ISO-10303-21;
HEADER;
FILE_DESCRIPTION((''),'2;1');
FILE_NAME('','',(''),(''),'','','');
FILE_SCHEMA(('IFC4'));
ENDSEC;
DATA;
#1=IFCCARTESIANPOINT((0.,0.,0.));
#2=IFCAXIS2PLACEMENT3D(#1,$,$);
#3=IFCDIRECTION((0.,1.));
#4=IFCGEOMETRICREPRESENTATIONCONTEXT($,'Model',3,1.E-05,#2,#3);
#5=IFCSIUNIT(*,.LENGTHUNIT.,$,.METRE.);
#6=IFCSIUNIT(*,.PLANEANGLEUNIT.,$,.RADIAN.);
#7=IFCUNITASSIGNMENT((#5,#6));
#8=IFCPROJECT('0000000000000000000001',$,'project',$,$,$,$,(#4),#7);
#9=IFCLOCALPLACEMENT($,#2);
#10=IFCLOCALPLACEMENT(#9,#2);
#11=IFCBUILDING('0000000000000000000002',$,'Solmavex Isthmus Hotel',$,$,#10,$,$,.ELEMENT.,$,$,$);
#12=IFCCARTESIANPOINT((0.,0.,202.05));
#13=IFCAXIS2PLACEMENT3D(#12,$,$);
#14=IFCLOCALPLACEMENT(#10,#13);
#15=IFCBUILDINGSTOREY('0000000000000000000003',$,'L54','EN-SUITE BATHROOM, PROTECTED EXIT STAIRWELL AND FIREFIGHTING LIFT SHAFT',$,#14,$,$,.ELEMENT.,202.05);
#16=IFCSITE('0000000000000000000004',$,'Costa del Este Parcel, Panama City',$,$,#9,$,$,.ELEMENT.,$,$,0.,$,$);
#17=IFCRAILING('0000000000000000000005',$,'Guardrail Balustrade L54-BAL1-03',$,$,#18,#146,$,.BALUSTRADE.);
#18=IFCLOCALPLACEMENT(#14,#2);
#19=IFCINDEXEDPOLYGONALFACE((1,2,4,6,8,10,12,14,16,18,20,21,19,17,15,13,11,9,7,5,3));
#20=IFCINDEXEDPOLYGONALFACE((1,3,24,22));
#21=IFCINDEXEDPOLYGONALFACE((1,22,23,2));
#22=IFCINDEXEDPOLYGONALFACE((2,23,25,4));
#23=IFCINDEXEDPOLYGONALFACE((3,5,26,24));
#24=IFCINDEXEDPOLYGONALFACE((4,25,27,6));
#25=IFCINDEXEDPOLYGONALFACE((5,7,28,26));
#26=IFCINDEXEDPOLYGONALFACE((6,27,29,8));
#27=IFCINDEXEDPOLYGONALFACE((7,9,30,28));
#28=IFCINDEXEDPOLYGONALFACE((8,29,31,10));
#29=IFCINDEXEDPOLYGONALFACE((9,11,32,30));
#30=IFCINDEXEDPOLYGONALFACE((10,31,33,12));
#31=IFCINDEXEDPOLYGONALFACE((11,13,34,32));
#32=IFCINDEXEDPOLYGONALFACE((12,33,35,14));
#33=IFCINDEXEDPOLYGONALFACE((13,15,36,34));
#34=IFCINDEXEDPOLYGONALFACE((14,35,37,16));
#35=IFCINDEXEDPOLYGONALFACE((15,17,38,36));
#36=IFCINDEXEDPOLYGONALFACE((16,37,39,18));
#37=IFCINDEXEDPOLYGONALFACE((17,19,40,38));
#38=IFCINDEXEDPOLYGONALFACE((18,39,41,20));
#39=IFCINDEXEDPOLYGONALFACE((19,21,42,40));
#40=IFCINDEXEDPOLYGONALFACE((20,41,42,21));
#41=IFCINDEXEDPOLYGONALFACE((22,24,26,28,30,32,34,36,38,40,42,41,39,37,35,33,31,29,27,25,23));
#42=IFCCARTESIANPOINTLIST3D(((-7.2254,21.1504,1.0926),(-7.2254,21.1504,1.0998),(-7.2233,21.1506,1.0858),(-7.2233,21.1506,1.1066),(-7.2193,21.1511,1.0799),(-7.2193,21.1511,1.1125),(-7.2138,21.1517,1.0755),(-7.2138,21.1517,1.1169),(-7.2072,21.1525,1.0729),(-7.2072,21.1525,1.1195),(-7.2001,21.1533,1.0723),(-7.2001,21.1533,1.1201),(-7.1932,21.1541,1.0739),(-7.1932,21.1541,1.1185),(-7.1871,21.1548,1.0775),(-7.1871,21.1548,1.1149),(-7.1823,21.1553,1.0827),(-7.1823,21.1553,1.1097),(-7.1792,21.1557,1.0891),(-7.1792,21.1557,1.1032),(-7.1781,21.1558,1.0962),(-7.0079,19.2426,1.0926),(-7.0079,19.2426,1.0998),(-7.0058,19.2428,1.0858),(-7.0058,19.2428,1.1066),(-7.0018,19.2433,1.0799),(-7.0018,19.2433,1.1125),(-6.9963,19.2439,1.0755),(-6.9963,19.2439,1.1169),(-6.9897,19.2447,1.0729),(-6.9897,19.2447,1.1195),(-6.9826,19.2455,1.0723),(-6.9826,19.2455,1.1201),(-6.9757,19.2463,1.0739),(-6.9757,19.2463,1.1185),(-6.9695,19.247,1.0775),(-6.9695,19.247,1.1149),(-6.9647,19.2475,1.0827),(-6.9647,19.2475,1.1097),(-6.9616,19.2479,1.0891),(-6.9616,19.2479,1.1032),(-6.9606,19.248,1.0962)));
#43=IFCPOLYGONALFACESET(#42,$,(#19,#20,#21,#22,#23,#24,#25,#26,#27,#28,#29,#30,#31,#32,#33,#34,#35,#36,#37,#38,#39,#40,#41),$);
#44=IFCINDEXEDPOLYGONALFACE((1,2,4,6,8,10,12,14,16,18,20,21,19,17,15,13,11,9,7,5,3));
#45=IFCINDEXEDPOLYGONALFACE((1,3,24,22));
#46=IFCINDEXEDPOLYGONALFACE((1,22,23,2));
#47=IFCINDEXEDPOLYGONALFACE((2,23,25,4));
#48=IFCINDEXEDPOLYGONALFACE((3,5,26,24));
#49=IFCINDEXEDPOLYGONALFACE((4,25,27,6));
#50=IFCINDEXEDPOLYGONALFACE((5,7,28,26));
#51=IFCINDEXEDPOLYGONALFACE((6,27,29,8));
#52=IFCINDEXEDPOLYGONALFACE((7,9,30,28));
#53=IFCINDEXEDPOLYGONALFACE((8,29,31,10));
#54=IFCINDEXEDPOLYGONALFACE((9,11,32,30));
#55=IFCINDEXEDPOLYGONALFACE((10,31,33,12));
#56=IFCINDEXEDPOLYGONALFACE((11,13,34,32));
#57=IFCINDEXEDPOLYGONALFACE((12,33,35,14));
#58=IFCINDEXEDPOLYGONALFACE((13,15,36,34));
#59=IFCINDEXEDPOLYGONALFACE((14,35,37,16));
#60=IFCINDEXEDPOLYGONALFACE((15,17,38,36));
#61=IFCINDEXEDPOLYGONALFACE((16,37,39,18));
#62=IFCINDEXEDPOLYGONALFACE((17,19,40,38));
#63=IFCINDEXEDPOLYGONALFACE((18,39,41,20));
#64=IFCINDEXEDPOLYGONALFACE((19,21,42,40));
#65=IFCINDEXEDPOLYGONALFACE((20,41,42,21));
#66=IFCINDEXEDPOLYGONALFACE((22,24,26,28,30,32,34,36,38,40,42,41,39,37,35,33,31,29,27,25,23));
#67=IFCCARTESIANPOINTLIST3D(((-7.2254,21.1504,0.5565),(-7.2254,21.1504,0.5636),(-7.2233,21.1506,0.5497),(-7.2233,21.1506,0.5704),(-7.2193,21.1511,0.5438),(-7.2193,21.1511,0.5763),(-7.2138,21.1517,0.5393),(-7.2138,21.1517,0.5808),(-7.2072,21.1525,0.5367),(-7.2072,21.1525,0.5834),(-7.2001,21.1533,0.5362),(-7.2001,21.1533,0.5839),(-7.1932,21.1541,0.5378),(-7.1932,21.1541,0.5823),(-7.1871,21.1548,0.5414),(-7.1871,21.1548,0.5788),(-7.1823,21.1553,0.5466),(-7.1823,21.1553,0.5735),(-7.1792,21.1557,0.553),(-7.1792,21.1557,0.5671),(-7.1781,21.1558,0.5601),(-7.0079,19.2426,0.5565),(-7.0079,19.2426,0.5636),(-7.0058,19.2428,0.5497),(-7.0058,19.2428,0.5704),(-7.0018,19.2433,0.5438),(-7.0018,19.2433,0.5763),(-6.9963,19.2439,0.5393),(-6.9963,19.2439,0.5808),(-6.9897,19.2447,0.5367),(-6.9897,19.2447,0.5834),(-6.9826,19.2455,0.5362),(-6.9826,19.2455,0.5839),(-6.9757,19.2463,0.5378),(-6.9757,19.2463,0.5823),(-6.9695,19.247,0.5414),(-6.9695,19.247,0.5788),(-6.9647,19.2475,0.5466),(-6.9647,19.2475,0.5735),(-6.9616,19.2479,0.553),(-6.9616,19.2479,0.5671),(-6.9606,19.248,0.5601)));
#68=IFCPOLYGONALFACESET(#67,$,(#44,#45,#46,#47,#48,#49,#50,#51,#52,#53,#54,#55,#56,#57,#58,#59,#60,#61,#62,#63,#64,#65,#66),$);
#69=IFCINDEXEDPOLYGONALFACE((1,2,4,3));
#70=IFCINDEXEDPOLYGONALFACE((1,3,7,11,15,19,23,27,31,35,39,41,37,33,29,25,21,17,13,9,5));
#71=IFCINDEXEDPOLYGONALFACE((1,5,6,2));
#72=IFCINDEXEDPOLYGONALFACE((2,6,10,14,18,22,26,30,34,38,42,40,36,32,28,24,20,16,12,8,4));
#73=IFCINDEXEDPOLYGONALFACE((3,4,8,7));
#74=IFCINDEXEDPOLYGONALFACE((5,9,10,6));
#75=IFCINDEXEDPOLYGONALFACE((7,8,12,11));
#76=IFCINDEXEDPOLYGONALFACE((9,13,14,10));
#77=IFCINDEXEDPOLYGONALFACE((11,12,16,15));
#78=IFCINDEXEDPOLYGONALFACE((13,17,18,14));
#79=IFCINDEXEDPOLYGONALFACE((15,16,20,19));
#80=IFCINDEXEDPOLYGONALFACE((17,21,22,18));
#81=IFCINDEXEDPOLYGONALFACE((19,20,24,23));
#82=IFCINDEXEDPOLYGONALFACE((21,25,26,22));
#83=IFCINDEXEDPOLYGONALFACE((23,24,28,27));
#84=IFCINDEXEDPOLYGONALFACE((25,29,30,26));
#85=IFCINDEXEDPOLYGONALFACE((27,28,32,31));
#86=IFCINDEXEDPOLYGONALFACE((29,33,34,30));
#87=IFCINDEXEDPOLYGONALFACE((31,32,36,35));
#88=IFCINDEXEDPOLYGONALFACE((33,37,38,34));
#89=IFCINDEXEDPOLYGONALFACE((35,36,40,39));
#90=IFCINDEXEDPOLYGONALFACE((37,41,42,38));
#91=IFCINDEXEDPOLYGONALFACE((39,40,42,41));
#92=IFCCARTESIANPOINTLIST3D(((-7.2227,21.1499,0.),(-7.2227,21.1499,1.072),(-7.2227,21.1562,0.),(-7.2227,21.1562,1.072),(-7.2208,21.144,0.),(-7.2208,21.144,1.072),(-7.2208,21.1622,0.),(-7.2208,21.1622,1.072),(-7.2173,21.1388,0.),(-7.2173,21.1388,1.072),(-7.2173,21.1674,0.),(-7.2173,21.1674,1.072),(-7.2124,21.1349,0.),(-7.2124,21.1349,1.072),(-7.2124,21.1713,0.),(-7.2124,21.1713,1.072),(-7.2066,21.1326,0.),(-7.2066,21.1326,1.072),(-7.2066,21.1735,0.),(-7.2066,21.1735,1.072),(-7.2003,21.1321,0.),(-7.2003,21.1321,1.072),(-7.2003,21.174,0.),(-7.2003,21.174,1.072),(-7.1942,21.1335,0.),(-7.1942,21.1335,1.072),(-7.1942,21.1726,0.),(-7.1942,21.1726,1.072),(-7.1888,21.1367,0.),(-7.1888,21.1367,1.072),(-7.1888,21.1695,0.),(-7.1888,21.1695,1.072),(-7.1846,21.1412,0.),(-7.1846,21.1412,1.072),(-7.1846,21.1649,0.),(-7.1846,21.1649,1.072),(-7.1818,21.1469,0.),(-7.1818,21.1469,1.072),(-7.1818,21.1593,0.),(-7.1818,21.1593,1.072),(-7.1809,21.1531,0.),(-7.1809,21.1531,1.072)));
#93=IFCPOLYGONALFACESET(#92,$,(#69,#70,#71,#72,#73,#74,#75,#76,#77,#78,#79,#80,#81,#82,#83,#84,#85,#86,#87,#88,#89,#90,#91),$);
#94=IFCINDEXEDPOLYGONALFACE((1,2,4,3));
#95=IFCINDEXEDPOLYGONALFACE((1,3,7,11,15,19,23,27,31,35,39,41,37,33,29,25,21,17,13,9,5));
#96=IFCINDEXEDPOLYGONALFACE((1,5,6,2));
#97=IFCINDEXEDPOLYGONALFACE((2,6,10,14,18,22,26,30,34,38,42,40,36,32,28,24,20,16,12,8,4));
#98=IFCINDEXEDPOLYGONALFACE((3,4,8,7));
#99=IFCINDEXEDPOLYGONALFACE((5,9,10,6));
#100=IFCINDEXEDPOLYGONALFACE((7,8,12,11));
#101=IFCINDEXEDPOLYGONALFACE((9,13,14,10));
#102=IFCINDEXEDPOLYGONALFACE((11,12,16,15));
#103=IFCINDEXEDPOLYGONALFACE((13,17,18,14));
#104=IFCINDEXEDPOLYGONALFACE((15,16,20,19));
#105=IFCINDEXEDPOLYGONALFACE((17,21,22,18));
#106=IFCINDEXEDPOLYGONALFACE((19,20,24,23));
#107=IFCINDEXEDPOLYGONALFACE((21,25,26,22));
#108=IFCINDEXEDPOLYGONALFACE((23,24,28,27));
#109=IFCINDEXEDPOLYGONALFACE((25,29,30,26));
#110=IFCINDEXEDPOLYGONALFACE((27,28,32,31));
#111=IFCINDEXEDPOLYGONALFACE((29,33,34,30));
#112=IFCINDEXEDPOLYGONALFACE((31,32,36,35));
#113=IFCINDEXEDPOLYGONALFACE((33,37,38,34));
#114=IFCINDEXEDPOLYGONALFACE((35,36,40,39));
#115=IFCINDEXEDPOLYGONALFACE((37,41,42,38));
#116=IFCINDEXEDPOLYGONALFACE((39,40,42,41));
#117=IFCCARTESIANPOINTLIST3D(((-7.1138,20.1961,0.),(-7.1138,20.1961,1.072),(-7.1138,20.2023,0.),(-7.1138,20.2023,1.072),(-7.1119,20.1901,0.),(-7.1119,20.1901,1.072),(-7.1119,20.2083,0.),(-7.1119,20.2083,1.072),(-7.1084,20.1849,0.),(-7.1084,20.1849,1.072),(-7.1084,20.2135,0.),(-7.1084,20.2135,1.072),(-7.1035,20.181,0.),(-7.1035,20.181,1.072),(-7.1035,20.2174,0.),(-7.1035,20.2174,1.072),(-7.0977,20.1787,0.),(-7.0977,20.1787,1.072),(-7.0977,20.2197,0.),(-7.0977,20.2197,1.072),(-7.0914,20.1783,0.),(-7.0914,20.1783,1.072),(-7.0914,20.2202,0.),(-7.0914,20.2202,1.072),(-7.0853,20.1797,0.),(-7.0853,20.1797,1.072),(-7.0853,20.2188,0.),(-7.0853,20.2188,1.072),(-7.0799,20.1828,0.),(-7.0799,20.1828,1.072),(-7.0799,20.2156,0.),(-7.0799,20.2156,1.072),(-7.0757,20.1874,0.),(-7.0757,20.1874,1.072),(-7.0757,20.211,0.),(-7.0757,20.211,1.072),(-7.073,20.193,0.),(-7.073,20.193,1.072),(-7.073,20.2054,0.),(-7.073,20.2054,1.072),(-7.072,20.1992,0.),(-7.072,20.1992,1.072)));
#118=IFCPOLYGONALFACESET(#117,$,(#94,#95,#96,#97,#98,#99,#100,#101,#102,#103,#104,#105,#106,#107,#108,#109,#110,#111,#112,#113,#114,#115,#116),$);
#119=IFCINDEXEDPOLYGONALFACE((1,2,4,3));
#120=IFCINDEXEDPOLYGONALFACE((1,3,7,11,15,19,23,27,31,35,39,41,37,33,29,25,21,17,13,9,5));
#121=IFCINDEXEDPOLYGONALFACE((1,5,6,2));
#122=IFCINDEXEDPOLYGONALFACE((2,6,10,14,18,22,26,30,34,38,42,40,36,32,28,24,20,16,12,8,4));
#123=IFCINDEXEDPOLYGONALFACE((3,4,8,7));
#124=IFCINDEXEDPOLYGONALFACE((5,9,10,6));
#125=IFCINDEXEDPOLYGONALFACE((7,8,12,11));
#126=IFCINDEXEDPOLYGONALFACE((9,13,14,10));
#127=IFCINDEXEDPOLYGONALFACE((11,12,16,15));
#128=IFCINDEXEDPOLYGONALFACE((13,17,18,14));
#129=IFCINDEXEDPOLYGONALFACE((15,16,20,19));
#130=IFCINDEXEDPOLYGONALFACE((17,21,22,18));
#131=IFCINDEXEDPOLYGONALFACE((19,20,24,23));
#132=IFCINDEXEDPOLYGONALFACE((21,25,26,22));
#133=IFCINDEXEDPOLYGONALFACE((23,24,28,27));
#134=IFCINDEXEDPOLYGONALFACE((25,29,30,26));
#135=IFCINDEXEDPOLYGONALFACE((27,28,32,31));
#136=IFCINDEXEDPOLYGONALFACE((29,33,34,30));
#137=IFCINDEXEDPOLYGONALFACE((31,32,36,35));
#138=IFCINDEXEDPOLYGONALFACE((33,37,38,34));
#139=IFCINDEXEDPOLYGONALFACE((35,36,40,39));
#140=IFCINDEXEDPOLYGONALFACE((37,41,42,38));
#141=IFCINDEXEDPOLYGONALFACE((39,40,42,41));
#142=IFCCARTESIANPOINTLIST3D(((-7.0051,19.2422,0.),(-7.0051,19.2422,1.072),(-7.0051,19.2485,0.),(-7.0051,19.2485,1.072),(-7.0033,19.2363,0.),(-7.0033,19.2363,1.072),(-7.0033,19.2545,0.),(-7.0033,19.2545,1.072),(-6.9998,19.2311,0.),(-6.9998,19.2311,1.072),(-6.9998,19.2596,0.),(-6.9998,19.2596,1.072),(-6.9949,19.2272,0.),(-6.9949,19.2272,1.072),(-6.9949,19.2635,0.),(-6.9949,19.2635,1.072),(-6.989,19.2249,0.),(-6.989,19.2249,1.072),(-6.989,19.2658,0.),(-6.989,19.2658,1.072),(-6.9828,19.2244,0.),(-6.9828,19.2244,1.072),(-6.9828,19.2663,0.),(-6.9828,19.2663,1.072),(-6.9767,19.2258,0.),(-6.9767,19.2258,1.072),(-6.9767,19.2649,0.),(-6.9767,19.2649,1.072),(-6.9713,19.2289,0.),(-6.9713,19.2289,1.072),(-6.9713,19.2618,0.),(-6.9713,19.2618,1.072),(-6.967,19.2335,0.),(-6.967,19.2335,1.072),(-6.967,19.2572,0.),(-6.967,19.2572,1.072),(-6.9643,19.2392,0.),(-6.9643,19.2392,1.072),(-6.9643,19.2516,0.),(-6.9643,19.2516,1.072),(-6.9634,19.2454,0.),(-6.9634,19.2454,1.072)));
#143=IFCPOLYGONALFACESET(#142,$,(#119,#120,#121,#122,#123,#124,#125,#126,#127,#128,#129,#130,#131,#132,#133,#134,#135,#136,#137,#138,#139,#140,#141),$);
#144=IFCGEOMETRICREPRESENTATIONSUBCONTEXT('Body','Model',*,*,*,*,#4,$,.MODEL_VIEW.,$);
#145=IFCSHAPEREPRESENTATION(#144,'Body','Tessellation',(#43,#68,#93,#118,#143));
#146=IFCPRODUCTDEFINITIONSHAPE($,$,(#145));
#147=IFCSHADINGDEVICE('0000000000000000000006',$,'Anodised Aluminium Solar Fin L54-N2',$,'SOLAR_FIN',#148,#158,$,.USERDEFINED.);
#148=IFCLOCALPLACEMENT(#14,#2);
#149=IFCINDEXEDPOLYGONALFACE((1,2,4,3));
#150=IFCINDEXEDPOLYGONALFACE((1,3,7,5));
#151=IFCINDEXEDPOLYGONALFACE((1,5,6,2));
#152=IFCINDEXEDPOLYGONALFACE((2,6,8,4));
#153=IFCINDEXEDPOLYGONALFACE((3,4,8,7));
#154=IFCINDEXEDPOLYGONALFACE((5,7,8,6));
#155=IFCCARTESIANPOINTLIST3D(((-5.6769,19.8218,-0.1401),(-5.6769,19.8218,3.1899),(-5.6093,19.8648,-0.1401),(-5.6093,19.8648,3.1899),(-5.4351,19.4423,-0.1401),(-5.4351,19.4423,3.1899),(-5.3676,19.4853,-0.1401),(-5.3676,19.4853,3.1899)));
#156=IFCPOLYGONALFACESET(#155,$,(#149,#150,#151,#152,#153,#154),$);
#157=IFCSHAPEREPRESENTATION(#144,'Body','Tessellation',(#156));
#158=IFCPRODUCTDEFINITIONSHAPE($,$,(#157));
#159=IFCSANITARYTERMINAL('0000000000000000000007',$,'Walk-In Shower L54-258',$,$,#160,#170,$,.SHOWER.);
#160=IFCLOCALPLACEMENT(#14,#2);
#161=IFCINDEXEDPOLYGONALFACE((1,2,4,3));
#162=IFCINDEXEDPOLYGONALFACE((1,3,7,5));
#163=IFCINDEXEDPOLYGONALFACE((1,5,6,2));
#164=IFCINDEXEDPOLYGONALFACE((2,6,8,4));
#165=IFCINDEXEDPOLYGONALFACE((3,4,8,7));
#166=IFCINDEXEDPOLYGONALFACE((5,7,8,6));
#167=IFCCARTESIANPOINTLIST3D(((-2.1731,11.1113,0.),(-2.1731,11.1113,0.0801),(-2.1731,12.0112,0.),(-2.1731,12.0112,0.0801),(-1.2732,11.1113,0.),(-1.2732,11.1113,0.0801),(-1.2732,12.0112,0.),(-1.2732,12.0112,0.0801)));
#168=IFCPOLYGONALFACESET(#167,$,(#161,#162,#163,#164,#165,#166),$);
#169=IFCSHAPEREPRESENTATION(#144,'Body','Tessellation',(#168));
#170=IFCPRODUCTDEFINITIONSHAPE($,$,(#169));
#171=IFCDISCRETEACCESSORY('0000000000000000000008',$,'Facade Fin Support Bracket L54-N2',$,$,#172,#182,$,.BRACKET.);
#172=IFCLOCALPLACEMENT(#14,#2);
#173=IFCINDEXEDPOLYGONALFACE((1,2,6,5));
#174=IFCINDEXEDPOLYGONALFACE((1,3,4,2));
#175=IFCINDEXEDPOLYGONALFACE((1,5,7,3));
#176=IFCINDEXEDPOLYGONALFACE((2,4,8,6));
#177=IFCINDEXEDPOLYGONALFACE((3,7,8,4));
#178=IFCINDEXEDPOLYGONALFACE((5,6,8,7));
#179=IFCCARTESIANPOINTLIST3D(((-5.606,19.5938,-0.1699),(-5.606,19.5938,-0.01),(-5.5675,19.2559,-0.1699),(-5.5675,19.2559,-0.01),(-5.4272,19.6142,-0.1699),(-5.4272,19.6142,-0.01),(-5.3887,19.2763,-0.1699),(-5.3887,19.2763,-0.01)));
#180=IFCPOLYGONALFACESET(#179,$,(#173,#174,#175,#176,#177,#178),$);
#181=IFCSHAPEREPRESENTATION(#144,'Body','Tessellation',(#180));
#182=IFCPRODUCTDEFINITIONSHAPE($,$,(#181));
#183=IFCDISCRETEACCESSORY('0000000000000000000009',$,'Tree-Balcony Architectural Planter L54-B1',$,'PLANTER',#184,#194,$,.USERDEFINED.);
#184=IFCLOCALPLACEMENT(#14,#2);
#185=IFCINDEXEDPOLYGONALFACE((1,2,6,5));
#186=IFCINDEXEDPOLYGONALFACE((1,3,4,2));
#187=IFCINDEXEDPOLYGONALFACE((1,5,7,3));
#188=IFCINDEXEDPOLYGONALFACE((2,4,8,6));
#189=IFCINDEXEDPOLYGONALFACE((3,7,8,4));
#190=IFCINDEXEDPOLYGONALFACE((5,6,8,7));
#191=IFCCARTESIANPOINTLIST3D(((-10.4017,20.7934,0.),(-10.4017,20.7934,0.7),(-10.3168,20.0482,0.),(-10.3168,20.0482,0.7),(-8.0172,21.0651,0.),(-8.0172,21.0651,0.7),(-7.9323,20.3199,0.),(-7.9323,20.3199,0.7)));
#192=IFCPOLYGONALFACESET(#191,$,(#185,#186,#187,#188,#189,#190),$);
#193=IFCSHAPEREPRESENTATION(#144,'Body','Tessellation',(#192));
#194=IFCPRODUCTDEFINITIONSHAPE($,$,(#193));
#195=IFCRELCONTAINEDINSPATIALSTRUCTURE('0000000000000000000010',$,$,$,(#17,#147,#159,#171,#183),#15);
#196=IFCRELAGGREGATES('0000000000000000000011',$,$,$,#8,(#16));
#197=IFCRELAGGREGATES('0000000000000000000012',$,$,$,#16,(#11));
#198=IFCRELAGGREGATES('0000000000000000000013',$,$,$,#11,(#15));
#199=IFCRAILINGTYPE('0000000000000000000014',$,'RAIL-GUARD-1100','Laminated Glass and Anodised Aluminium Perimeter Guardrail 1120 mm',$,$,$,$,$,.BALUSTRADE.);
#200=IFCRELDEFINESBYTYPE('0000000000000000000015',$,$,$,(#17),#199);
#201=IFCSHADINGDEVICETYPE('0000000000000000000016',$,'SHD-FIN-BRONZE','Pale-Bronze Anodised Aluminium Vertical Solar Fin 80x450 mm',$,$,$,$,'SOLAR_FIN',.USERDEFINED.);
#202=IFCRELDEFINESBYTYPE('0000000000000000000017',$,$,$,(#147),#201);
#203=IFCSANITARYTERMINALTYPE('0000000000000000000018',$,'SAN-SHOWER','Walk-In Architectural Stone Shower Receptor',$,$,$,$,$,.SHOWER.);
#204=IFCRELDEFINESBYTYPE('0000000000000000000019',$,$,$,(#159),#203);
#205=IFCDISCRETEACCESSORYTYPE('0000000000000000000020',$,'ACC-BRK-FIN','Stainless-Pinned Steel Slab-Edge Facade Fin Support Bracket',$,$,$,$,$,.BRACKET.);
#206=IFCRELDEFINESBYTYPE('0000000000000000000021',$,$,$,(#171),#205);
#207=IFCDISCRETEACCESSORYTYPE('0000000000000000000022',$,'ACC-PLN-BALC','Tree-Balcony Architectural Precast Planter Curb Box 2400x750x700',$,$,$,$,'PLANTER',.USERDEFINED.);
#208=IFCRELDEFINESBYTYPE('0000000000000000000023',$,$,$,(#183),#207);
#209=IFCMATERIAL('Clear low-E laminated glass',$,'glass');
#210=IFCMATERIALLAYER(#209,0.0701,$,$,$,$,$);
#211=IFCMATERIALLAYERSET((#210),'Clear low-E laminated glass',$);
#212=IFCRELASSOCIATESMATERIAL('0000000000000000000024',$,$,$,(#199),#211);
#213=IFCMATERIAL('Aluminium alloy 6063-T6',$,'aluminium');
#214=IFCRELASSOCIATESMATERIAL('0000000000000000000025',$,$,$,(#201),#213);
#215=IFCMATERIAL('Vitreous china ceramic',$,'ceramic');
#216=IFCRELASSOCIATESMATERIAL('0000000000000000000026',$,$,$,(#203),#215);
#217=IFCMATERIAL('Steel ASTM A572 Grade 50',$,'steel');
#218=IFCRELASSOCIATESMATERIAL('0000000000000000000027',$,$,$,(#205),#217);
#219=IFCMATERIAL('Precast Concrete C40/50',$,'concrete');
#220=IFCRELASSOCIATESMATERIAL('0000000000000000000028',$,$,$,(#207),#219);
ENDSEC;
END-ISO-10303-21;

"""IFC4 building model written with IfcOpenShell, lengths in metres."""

from ifc_helpers import new_model, si_unit, direction, frame, origin, origin_2d, place, context, subcontext, project, spatial, rectangle, circle, extrude, material, layer, layer_set, type_object, element, save


model = new_model("IFC4")

# Units and contexts
model_context = context("Model", 3, precision=1e-05, world=origin(), true_north=direction((0.0, 1.0)))
body_context = subcontext(model_context, "Body", "Model", "MODEL_VIEW")
ifc_project = project(units=[si_unit("LENGTHUNIT", "METRE"), si_unit("PLANEANGLEUNIT", "RADIAN")], contexts=[model_context])

# Site, building, storey
site_placement = place(None, origin())
site = spatial("IfcSite", under=ifc_project, at=site_placement, Name="Costa del Este Parcel, Panama City", CompositionType="ELEMENT", RefElevation=0.0)
building_placement = place(site_placement, origin())
building = spatial("IfcBuilding", under=site, at=building_placement, Name="Solmavex Isthmus Hotel", CompositionType="ELEMENT")
storey_placement = place(building_placement, frame((0.0, 0.0, 202.05)))
storey = spatial("IfcBuildingStorey", under=building, at=storey_placement, Name="L54", Description="EN-SUITE BATHROOM, PROTECTED EXIT STAIRWELL AND FIREFIGHTING LIFT SHAFT", CompositionType="ELEMENT", Elevation=202.05)

# Shared definitions
ifc_material_1 = material(Name="Aluminium alloy 6063-T6", Category="aluminium")

# Shared definitions
ifc_material_2 = material(Name="Clear low-E laminated glass", Category="glass")

# Shared definitions
ifc_material_3 = material(Name="Precast Concrete C40/50", Category="concrete")

# Railing
ifc_layer_1 = layer(ifc_material_2, 0.0701)
ifc_layer_set_1 = layer_set([ifc_layer_1], Name="Clear low-E laminated glass")
railing_type = type_object("IfcRailingType", Name="RAIL-GUARD-1100", Description="Laminated Glass and Anodised Aluminium Perimeter Guardrail 1120 mm", PredefinedType="BALUSTRADE", material=ifc_layer_set_1)
railing_1_placement = place(storey_placement, frame((-7.2019, 21.1531, 0.0)))
element("IfcRailing", 1, at=railing_1_placement, inside=storey, type_object=railing_type, Name="Guardrail Balustrade L54-BAL1-03", PredefinedType="BALUSTRADE", context=body_context, shape_type="SweptSolid", body=[
    extrude(circle(Radius=0.0239, at=origin_2d()), frame((0.0, 0.0, 1.0962), z_axis=(0.113292, -0.993562, 0.0), x_axis=(0.993562, 0.113292, 0.0)), (0.0, 0.0, 1.0), 1.9202),
    extrude(circle(Radius=0.0239, at=origin_2d()), frame((0.0, 0.0, 0.5601), z_axis=(0.113292, -0.993562, 0.0), x_axis=(0.993562, 0.113292, 0.0)), (0.0, 0.0, 1.0), 1.9202),
    extrude(circle(Radius=0.021, at=origin_2d()), origin(), (0.0, 0.0, 1.0), 1.072),
    extrude(circle(Radius=0.021, at=origin_2d()), frame((0.1089, -0.9539, 0.0)), (0.0, 0.0, 1.0), 1.072),
    extrude(circle(Radius=0.021, at=origin_2d()), frame((0.2175, -1.9077, 0.0)), (0.0, 0.0, 1.0), 1.072),
])

# Shading device
shading_device_type = type_object("IfcShadingDeviceType", Name="SHD-FIN-BRONZE", Description="Pale-Bronze Anodised Aluminium Vertical Solar Fin 80x450 mm", ElementType="SOLAR_FIN", PredefinedType="USERDEFINED", material=ifc_material_1)
shading_device_placement = place(storey_placement, frame((-5.5222, 19.6536, -0.1401), z_axis=(0.0, 0.0, 1.0), x_axis=(-0.5373, 0.843391, 0.0)))
element("IfcShadingDevice", 2, at=shading_device_placement, inside=storey, type_object=shading_device_type, Name="Anodised Aluminium Solar Fin L54-N2", ObjectType="SOLAR_FIN", PredefinedType="USERDEFINED", context=body_context, shape_type="SweptSolid", body=[
    extrude(rectangle(XDim=0.45, YDim=0.0801, at=origin_2d()), origin(), (0.0, 0.0, 1.0), 3.3301),
])

# Sanitary terminal
ifc_material_4 = material(Name="Vitreous china ceramic", Category="ceramic")
sanitary_terminal_type = type_object("IfcSanitaryTerminalType", Name="SAN-SHOWER", Description="Walk-In Architectural Stone Shower Receptor", PredefinedType="SHOWER", material=ifc_material_4)
sanitary_terminal_placement = place(storey_placement, frame((-1.7231, 11.5613, 0.0), z_axis=(0.0, 0.0, 1.0), x_axis=(1.0, 0.0, 0.0)))
element("IfcSanitaryTerminal", 3, at=sanitary_terminal_placement, inside=storey, type_object=sanitary_terminal_type, Name="Walk-In Shower L54-258", PredefinedType="SHOWER", context=body_context, shape_type="SweptSolid", body=[
    extrude(rectangle(XDim=0.8999, YDim=0.8999, at=origin_2d()), origin(), (0.0, 0.0, 1.0), 0.0801),
])

# Discrete accessories
ifc_material_5 = material(Name="Steel ASTM A572 Grade 50", Category="steel")
discrete_accessory_type_1 = type_object("IfcDiscreteAccessoryType", Name="ACC-BRK-FIN", Description="Stainless-Pinned Steel Slab-Edge Facade Fin Support Bracket", PredefinedType="BRACKET", material=ifc_material_5)
discrete_accessory_1_placement = place(storey_placement, frame((-5.4973, 19.4351, -0.1699), z_axis=(0.0, 0.0, 1.0), x_axis=(-0.113203, 0.993572, 0.0)))
element("IfcDiscreteAccessory", 4, at=discrete_accessory_1_placement, inside=storey, type_object=discrete_accessory_type_1, Name="Facade Fin Support Bracket L54-N2", PredefinedType="BRACKET", context=body_context, shape_type="SweptSolid", body=[
    extrude(rectangle(XDim=0.3401, YDim=0.1799, at=origin_2d()), origin(), (0.0, 0.0, 1.0), 0.1599),
])
discrete_accessory_type_2 = type_object("IfcDiscreteAccessoryType", Name="ACC-PLN-BALC", Description="Tree-Balcony Architectural Precast Planter Curb Box 2400x750x700", ElementType="PLANTER", PredefinedType="USERDEFINED", material=ifc_material_3)
discrete_accessory_2_placement = place(storey_placement, frame((-9.167, 20.5566, 0.0), z_axis=(0.0, 0.0, 1.0), x_axis=(0.993572, 0.113203, 0.0)))
element("IfcDiscreteAccessory", 5, at=discrete_accessory_2_placement, inside=storey, type_object=discrete_accessory_type_2, Name="Tree-Balcony Architectural Planter L54-B1", ObjectType="PLANTER", PredefinedType="USERDEFINED", context=body_context, shape_type="SweptSolid", body=[
    extrude(rectangle(XDim=2.3999, YDim=0.75, at=origin_2d()), origin(), (0.0, 0.0, 1.0), 0.7),
])

save(model, "model.ifc")
